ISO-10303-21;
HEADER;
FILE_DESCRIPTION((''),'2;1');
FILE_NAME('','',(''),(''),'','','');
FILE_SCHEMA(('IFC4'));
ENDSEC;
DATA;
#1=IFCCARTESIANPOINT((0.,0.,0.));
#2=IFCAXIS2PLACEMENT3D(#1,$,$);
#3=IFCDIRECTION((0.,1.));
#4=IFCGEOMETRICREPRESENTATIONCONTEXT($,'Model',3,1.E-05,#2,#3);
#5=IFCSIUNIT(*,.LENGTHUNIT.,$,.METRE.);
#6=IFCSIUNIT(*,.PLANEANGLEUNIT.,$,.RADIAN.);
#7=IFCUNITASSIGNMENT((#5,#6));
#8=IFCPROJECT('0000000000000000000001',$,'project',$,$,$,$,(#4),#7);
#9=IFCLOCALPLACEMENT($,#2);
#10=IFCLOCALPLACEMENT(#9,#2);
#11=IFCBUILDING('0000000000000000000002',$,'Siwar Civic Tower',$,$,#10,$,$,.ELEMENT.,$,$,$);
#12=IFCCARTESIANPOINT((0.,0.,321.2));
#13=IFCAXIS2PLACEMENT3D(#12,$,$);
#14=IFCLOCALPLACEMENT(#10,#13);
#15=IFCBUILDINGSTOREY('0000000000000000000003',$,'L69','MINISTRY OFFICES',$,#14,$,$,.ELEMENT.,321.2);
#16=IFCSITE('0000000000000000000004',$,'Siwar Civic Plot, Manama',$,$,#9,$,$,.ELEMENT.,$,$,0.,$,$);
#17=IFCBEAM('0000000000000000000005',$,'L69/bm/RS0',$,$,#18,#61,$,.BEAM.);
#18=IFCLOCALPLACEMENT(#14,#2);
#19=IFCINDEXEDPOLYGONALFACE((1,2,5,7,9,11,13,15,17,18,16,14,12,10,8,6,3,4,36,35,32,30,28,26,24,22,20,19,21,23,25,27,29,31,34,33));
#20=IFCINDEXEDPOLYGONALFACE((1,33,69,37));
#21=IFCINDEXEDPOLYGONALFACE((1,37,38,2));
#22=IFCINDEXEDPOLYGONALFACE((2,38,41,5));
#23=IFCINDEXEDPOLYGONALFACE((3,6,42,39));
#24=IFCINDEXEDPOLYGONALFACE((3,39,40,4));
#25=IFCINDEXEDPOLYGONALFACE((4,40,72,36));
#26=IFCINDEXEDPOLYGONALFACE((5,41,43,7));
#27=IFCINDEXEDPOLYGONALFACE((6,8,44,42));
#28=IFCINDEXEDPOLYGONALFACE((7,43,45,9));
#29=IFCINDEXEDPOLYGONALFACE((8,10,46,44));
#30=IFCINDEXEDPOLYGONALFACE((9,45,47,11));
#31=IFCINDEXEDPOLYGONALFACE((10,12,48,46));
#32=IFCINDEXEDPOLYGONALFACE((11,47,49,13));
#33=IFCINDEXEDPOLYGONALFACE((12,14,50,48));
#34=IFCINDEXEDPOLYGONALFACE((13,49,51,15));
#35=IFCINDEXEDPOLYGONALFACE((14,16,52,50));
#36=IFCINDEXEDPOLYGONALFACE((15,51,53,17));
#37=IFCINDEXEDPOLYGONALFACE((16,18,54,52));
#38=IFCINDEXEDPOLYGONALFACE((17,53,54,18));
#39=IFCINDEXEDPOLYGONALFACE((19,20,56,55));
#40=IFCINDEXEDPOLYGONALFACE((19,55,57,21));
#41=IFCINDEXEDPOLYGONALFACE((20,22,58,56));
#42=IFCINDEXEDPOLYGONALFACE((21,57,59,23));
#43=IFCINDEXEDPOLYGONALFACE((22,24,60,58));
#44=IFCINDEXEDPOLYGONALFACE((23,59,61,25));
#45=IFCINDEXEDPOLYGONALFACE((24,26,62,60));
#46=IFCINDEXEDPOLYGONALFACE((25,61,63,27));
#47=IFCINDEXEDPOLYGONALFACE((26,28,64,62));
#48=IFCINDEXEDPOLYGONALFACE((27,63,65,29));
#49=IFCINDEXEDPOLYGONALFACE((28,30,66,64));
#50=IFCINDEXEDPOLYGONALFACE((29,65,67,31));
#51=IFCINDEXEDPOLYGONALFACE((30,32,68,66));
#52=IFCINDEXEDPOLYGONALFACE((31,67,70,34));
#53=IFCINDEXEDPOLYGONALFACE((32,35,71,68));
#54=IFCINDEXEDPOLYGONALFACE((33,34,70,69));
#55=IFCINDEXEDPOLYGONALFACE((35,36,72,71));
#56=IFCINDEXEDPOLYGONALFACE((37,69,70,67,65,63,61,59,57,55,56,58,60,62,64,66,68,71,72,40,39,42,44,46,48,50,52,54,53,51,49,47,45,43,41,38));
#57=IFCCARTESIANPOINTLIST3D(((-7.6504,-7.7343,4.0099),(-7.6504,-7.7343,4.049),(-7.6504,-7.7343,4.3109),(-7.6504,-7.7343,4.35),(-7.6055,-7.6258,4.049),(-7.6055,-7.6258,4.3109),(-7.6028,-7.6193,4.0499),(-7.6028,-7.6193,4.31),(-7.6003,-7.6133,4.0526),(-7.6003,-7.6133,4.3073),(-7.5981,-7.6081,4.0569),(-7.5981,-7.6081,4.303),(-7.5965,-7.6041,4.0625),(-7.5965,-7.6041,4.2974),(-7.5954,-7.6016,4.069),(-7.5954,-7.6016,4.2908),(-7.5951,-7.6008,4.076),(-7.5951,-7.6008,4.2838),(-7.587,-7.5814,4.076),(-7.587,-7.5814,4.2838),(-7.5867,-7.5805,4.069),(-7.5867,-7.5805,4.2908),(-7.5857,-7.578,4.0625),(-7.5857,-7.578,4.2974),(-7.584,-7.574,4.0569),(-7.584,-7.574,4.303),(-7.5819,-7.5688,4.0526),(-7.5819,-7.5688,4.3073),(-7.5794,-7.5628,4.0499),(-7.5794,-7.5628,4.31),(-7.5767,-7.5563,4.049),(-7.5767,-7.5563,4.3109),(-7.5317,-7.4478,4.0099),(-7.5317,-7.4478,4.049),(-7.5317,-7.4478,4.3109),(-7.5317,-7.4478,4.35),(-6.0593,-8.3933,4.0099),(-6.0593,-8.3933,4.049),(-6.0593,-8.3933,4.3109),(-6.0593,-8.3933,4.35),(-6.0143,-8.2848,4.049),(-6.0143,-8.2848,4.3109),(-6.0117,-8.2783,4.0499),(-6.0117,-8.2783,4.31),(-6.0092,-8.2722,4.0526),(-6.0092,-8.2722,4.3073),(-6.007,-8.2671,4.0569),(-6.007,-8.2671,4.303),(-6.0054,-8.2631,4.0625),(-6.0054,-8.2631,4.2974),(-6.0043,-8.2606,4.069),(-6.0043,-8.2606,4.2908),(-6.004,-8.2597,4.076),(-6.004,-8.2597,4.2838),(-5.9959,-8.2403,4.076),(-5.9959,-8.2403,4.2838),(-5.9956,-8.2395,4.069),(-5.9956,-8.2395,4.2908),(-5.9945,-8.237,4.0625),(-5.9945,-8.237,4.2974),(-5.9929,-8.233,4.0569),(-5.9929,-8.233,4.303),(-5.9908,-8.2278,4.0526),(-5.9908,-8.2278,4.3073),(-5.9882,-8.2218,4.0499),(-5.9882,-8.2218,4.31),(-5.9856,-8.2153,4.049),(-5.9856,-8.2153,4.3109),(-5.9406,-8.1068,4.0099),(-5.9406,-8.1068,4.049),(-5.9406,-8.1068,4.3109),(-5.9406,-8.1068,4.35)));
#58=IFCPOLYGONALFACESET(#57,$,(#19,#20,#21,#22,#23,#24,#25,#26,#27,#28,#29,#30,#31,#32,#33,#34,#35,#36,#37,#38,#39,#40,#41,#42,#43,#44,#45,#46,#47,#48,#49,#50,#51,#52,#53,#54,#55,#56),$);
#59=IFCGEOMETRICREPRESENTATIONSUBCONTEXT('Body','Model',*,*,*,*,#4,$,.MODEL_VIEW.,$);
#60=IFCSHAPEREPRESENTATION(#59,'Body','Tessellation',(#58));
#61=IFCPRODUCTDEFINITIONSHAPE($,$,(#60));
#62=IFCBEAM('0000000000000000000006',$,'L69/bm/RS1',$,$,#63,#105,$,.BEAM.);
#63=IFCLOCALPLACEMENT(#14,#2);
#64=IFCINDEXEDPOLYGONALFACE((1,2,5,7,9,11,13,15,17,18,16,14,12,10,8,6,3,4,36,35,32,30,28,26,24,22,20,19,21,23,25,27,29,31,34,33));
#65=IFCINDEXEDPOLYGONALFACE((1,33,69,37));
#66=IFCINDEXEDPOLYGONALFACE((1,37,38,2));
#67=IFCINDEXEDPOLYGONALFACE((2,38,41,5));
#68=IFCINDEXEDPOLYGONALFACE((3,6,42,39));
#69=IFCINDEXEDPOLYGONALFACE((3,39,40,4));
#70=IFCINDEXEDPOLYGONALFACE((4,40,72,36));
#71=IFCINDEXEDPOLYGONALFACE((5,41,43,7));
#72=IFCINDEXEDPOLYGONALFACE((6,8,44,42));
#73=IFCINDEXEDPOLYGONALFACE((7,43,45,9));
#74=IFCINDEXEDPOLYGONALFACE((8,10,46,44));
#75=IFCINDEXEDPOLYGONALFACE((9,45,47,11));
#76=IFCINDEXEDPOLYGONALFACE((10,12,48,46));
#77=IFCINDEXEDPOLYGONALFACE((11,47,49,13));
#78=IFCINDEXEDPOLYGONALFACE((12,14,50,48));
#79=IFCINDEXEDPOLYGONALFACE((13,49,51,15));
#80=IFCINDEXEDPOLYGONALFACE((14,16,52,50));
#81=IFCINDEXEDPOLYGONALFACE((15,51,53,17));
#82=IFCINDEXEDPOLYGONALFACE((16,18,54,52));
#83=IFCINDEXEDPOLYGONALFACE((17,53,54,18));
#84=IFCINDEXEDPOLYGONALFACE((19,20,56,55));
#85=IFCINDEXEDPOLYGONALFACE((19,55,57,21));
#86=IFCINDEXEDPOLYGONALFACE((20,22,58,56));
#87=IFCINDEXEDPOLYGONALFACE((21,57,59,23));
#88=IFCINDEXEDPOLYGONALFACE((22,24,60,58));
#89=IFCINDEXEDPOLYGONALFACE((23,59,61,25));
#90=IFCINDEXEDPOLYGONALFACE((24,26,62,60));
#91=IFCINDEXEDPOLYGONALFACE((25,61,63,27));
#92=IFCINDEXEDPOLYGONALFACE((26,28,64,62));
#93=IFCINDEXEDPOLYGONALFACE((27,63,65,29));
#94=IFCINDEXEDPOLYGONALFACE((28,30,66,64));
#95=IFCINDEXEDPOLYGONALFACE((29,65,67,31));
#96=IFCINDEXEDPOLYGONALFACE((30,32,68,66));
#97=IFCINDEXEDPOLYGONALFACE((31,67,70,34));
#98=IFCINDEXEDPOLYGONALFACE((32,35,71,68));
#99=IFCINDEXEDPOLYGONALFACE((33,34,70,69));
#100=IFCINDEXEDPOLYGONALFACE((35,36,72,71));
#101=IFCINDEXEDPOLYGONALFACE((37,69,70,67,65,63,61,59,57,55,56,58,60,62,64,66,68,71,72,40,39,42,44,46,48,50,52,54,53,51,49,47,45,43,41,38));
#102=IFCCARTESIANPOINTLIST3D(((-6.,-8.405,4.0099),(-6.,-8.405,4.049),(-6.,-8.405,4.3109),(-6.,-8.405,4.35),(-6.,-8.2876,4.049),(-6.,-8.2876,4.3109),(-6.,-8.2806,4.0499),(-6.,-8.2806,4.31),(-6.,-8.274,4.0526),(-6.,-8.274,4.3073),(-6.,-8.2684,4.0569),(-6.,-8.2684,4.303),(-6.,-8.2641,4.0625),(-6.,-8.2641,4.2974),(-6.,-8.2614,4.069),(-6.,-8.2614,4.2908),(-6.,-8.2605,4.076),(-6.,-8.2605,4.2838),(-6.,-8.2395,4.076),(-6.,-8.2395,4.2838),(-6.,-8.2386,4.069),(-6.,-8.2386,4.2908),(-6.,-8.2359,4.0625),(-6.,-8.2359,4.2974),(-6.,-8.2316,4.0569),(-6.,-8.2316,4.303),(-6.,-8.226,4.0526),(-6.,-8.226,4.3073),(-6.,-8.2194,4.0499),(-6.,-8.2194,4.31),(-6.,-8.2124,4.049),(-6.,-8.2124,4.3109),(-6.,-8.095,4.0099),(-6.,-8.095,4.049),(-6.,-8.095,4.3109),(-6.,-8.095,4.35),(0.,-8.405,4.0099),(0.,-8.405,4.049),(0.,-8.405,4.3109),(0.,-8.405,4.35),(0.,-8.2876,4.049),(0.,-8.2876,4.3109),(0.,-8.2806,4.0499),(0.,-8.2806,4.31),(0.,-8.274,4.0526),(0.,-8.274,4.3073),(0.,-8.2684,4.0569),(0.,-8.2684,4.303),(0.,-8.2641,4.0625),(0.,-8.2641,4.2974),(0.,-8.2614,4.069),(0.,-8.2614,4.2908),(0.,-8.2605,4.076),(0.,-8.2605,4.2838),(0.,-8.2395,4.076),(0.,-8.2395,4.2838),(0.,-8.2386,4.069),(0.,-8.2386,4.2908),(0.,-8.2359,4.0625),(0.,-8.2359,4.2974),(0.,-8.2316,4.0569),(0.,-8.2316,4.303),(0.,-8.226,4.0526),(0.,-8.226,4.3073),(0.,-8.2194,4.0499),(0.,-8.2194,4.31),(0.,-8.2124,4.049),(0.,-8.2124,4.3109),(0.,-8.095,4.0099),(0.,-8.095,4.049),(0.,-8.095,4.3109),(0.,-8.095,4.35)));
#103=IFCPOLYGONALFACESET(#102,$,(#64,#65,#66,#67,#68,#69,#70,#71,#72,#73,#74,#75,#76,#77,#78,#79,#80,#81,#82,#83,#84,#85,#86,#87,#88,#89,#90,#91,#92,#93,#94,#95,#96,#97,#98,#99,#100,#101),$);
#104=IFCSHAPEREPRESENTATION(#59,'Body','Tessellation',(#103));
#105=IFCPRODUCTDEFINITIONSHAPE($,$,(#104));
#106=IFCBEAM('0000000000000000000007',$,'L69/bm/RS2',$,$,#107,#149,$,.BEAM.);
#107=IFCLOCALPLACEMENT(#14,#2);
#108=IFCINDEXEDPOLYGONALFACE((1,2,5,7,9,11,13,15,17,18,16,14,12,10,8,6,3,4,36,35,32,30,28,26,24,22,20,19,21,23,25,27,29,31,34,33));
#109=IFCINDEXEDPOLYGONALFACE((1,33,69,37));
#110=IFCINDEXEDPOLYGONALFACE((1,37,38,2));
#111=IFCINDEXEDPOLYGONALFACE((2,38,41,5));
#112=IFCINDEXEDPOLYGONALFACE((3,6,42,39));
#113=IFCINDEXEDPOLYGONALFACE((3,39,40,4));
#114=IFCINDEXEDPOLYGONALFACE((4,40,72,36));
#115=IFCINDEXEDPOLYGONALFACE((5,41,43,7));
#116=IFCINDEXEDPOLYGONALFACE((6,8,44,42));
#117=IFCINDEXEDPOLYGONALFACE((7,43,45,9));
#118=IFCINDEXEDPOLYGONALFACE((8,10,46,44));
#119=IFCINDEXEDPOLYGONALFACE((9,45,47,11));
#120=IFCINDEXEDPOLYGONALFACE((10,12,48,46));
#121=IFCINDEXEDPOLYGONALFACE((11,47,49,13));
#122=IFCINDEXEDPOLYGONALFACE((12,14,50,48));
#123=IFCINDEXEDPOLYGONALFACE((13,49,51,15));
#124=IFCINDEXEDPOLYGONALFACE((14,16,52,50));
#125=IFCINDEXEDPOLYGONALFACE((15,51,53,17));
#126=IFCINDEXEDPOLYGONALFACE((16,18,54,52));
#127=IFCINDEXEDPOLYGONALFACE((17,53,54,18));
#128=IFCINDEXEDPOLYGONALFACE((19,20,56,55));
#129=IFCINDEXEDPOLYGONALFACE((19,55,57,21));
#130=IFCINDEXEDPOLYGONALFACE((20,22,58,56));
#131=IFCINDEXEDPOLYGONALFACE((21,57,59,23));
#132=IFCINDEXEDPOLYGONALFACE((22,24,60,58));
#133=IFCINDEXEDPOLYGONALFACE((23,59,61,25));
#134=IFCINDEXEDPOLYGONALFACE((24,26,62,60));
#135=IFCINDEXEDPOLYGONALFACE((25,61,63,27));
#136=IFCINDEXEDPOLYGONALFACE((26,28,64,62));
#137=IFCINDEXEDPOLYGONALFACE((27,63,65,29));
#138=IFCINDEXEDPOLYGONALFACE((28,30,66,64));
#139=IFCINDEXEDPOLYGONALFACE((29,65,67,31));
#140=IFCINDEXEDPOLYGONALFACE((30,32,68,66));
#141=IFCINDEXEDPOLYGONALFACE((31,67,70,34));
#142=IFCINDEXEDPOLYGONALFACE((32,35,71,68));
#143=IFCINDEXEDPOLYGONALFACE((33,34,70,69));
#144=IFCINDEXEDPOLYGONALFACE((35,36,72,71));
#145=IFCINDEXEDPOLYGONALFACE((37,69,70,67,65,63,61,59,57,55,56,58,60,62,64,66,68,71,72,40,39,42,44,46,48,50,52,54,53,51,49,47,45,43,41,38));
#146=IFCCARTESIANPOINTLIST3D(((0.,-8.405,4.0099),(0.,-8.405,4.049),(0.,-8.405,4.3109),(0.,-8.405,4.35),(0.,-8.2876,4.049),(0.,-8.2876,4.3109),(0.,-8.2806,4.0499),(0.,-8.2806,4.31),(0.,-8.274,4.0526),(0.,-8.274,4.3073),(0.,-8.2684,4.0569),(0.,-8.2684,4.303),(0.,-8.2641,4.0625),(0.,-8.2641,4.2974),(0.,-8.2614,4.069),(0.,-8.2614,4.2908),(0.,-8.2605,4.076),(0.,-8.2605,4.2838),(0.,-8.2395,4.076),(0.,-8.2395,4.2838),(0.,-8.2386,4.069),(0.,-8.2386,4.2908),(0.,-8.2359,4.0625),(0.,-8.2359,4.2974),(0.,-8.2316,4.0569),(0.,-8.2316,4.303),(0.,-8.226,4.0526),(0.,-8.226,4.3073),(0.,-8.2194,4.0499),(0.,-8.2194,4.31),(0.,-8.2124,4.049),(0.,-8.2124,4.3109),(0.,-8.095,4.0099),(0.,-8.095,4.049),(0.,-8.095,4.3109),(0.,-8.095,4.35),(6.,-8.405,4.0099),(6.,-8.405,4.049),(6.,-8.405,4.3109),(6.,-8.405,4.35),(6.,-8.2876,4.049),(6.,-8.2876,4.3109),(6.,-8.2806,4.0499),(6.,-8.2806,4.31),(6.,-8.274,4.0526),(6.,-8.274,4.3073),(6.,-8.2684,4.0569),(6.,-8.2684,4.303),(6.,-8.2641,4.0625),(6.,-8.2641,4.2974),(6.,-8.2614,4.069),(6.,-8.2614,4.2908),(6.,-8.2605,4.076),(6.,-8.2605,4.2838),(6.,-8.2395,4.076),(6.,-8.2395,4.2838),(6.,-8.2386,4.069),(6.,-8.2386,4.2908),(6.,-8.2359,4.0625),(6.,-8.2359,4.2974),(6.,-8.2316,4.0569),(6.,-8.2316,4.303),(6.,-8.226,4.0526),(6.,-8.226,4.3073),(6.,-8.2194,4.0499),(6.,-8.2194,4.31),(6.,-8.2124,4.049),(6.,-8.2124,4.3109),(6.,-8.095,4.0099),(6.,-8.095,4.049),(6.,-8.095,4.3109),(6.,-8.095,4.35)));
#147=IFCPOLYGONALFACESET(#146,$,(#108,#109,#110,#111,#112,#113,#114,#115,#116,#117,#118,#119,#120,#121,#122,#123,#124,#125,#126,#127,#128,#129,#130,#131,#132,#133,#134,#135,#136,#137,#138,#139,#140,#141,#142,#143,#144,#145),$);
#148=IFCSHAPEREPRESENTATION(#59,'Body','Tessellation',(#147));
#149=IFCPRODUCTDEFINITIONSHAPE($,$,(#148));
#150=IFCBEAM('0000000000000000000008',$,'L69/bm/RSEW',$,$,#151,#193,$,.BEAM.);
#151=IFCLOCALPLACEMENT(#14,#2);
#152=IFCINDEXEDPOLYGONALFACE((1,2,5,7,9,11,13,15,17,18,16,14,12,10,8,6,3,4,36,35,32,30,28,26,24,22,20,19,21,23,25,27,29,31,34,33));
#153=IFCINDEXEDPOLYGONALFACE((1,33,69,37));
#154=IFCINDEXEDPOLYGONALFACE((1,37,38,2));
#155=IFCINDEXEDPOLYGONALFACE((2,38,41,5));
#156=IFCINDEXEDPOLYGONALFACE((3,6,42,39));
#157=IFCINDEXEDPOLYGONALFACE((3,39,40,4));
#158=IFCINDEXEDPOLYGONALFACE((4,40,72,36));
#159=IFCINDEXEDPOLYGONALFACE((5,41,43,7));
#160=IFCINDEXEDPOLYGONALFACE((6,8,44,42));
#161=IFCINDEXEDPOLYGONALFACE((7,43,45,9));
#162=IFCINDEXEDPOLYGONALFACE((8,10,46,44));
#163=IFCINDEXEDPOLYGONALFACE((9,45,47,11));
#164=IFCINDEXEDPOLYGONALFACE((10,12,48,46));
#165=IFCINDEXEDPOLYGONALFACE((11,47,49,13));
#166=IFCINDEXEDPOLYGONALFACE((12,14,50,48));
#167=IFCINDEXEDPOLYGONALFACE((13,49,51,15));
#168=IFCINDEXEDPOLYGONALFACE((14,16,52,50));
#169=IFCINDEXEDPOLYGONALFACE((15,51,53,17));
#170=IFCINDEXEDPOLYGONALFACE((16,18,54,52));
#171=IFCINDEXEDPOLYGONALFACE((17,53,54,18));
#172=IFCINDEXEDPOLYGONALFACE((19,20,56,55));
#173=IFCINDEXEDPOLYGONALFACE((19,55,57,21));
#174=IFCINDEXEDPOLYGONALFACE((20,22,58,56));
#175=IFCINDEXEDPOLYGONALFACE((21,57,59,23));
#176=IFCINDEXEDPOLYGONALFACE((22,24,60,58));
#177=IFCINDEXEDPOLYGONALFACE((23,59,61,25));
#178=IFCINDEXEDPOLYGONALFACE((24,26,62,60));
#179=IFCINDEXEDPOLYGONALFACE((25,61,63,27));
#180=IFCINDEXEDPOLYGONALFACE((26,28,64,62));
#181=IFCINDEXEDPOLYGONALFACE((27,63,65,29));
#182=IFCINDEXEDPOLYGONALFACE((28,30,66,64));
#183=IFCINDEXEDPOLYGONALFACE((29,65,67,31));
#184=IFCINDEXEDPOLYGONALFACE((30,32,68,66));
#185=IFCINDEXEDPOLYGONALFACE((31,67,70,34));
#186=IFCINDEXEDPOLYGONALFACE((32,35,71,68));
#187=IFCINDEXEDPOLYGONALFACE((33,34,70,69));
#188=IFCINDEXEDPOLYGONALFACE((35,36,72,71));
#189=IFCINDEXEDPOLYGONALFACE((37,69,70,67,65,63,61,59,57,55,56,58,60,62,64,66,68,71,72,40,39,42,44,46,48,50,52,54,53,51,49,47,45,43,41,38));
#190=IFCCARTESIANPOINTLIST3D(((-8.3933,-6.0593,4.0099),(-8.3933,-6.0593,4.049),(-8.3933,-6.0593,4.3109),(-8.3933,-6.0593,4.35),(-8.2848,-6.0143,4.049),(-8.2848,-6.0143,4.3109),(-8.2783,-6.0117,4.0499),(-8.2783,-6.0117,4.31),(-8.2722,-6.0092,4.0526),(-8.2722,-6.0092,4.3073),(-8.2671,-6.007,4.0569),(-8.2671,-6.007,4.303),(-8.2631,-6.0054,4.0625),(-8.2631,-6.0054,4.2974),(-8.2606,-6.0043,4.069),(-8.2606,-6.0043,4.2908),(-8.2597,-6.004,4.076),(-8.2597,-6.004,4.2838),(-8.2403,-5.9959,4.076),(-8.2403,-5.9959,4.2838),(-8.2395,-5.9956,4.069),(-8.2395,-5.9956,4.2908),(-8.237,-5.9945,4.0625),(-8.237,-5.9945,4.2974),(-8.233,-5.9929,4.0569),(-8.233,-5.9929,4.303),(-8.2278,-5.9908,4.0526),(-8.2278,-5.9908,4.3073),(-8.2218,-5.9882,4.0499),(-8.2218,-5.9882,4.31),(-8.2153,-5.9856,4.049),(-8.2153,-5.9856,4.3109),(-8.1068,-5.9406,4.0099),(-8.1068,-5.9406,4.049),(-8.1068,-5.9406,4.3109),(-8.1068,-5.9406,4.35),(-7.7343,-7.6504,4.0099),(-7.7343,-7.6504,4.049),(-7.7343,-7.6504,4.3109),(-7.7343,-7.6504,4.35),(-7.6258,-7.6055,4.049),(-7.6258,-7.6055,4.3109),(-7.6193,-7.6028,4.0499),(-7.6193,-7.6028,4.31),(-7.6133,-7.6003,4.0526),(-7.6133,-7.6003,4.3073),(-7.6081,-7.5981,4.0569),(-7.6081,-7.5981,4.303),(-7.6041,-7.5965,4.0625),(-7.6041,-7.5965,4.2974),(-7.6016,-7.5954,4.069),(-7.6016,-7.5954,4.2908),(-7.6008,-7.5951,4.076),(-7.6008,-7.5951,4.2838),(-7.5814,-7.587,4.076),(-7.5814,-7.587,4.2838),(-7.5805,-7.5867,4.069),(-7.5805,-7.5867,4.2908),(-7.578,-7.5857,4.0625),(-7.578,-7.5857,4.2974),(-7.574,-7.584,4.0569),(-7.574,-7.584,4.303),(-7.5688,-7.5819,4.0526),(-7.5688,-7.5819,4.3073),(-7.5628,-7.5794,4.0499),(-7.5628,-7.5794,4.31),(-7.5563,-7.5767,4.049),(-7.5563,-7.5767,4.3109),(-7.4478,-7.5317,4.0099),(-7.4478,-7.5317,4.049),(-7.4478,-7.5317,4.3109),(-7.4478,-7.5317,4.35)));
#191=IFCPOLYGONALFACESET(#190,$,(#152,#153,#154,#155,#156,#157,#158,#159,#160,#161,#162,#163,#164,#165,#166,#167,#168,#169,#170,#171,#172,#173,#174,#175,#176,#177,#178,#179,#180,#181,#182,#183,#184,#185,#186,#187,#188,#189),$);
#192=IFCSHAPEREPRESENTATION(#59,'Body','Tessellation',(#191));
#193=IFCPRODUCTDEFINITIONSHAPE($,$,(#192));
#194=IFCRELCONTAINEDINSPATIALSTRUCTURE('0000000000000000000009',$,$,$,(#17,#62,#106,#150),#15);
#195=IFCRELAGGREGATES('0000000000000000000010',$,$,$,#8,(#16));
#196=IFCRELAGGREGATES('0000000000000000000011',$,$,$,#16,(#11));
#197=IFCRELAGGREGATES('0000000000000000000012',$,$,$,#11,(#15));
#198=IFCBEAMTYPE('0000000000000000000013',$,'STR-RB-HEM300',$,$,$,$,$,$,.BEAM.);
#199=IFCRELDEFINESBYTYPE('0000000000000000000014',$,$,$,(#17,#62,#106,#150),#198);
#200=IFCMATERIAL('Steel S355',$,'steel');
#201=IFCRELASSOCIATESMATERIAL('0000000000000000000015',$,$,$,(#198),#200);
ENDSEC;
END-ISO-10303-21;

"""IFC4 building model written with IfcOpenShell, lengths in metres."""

from ifc_helpers import new_model, si_unit, direction, frame, origin, origin_2d, place, context, subcontext, project, spatial, i_section, extrude, material, material_profile, profile_set, type_object, element, save


model = new_model("IFC4")

# Units and contexts
model_context = context("Model", 3, precision=1e-05, world=origin(), true_north=direction((0.0, 1.0)))
body_context = subcontext(model_context, "Body", "Model", "MODEL_VIEW")
ifc_project = project(units=[si_unit("LENGTHUNIT", "METRE"), si_unit("PLANEANGLEUNIT", "RADIAN")], contexts=[model_context])

# Site, building, storey
site_placement = place(None, origin())
site = spatial("IfcSite", under=ifc_project, at=site_placement, Name="Siwar Civic Plot, Manama", CompositionType="ELEMENT", RefElevation=0.0)
building_placement = place(site_placement, origin())
building = spatial("IfcBuilding", under=site, at=building_placement, Name="Siwar Civic Tower", CompositionType="ELEMENT")
storey_placement = place(building_placement, frame((0.0, 0.0, 321.2)))
storey = spatial("IfcBuildingStorey", under=building, at=storey_placement, Name="L69", Description="MINISTRY OFFICES", CompositionType="ELEMENT", Elevation=321.2)

# Beams
ifc_material_1 = material(Name="Steel S355", Category="steel")
ifc_material_profile_1 = material_profile(ifc_material_1, i_section(OverallWidth=0.3101, OverallDepth=0.3401, WebThickness=0.021, FlangeThickness=0.0391, FilletRadius=0.0271, at=origin_2d()), Name="HEM300")
ifc_profile_set_1 = profile_set([ifc_material_profile_1], Name="Steel S355")
beam_type_1 = type_object("IfcBeamType", Name="STR-RB-HEM300", PredefinedType="BEAM", material=ifc_profile_set_1)
beam_1_placement = place(storey_placement, frame((-7.5911, -7.5911, 4.1799), z_axis=(0.923901, -0.382631, 0.0), x_axis=(0.382631, 0.923901, 0.0)))
element("IfcBeam", 1, at=beam_1_placement, inside=storey, type_object=beam_type_1, Name="L69/bm/RS0", PredefinedType="BEAM", context=body_context, shape_type="SweptSolid", body=[
    extrude(i_section(OverallWidth=0.3101, OverallDepth=0.3401, WebThickness=0.021, FlangeThickness=0.0391, FilletRadius=0.0271, at=origin_2d()), origin(), (0.0, 0.0, 1.0), 1.7222),
])
for number, where, z_axis, x_axis, name in (
    (2, (-6.0, -8.25, 4.1799), (1.0, 0.0, 0.0), (0.0, 1.0, 0.0), "L69/bm/RS1"),
    (3, (0.0, -8.25, 4.1799), (1.0, 0.0, 0.0), (0.0, 1.0, 0.0), "L69/bm/RS2"),
):
    element("IfcBeam", number, at=place(storey_placement, frame(where, z_axis=z_axis, x_axis=x_axis)), inside=storey, type_object=beam_type_1, Name=name, PredefinedType="BEAM", context=body_context, shape_type="SweptSolid", body=[
        extrude(i_section(OverallWidth=0.3101, OverallDepth=0.3401, WebThickness=0.021, FlangeThickness=0.0391, FilletRadius=0.0271, at=origin_2d()), origin(), (0.0, 0.0, 1.0), 6.0),
    ])
beam_2_placement = place(storey_placement, frame((-7.5911, -7.5911, 4.1799), z_axis=(-0.382631, 0.923901, 0.0), x_axis=(-0.923901, -0.382631, 0.0)))
element("IfcBeam", 4, at=beam_2_placement, inside=storey, type_object=beam_type_1, Name="L69/bm/RSEW", PredefinedType="BEAM", context=body_context, shape_type="SweptSolid", body=[
    extrude(i_section(OverallWidth=0.3101, OverallDepth=0.3401, WebThickness=0.021, FlangeThickness=0.0391, FilletRadius=0.0271, at=origin_2d()), origin(), (0.0, 0.0, 1.0), 1.7222),
])

save(model, "model.ifc")
